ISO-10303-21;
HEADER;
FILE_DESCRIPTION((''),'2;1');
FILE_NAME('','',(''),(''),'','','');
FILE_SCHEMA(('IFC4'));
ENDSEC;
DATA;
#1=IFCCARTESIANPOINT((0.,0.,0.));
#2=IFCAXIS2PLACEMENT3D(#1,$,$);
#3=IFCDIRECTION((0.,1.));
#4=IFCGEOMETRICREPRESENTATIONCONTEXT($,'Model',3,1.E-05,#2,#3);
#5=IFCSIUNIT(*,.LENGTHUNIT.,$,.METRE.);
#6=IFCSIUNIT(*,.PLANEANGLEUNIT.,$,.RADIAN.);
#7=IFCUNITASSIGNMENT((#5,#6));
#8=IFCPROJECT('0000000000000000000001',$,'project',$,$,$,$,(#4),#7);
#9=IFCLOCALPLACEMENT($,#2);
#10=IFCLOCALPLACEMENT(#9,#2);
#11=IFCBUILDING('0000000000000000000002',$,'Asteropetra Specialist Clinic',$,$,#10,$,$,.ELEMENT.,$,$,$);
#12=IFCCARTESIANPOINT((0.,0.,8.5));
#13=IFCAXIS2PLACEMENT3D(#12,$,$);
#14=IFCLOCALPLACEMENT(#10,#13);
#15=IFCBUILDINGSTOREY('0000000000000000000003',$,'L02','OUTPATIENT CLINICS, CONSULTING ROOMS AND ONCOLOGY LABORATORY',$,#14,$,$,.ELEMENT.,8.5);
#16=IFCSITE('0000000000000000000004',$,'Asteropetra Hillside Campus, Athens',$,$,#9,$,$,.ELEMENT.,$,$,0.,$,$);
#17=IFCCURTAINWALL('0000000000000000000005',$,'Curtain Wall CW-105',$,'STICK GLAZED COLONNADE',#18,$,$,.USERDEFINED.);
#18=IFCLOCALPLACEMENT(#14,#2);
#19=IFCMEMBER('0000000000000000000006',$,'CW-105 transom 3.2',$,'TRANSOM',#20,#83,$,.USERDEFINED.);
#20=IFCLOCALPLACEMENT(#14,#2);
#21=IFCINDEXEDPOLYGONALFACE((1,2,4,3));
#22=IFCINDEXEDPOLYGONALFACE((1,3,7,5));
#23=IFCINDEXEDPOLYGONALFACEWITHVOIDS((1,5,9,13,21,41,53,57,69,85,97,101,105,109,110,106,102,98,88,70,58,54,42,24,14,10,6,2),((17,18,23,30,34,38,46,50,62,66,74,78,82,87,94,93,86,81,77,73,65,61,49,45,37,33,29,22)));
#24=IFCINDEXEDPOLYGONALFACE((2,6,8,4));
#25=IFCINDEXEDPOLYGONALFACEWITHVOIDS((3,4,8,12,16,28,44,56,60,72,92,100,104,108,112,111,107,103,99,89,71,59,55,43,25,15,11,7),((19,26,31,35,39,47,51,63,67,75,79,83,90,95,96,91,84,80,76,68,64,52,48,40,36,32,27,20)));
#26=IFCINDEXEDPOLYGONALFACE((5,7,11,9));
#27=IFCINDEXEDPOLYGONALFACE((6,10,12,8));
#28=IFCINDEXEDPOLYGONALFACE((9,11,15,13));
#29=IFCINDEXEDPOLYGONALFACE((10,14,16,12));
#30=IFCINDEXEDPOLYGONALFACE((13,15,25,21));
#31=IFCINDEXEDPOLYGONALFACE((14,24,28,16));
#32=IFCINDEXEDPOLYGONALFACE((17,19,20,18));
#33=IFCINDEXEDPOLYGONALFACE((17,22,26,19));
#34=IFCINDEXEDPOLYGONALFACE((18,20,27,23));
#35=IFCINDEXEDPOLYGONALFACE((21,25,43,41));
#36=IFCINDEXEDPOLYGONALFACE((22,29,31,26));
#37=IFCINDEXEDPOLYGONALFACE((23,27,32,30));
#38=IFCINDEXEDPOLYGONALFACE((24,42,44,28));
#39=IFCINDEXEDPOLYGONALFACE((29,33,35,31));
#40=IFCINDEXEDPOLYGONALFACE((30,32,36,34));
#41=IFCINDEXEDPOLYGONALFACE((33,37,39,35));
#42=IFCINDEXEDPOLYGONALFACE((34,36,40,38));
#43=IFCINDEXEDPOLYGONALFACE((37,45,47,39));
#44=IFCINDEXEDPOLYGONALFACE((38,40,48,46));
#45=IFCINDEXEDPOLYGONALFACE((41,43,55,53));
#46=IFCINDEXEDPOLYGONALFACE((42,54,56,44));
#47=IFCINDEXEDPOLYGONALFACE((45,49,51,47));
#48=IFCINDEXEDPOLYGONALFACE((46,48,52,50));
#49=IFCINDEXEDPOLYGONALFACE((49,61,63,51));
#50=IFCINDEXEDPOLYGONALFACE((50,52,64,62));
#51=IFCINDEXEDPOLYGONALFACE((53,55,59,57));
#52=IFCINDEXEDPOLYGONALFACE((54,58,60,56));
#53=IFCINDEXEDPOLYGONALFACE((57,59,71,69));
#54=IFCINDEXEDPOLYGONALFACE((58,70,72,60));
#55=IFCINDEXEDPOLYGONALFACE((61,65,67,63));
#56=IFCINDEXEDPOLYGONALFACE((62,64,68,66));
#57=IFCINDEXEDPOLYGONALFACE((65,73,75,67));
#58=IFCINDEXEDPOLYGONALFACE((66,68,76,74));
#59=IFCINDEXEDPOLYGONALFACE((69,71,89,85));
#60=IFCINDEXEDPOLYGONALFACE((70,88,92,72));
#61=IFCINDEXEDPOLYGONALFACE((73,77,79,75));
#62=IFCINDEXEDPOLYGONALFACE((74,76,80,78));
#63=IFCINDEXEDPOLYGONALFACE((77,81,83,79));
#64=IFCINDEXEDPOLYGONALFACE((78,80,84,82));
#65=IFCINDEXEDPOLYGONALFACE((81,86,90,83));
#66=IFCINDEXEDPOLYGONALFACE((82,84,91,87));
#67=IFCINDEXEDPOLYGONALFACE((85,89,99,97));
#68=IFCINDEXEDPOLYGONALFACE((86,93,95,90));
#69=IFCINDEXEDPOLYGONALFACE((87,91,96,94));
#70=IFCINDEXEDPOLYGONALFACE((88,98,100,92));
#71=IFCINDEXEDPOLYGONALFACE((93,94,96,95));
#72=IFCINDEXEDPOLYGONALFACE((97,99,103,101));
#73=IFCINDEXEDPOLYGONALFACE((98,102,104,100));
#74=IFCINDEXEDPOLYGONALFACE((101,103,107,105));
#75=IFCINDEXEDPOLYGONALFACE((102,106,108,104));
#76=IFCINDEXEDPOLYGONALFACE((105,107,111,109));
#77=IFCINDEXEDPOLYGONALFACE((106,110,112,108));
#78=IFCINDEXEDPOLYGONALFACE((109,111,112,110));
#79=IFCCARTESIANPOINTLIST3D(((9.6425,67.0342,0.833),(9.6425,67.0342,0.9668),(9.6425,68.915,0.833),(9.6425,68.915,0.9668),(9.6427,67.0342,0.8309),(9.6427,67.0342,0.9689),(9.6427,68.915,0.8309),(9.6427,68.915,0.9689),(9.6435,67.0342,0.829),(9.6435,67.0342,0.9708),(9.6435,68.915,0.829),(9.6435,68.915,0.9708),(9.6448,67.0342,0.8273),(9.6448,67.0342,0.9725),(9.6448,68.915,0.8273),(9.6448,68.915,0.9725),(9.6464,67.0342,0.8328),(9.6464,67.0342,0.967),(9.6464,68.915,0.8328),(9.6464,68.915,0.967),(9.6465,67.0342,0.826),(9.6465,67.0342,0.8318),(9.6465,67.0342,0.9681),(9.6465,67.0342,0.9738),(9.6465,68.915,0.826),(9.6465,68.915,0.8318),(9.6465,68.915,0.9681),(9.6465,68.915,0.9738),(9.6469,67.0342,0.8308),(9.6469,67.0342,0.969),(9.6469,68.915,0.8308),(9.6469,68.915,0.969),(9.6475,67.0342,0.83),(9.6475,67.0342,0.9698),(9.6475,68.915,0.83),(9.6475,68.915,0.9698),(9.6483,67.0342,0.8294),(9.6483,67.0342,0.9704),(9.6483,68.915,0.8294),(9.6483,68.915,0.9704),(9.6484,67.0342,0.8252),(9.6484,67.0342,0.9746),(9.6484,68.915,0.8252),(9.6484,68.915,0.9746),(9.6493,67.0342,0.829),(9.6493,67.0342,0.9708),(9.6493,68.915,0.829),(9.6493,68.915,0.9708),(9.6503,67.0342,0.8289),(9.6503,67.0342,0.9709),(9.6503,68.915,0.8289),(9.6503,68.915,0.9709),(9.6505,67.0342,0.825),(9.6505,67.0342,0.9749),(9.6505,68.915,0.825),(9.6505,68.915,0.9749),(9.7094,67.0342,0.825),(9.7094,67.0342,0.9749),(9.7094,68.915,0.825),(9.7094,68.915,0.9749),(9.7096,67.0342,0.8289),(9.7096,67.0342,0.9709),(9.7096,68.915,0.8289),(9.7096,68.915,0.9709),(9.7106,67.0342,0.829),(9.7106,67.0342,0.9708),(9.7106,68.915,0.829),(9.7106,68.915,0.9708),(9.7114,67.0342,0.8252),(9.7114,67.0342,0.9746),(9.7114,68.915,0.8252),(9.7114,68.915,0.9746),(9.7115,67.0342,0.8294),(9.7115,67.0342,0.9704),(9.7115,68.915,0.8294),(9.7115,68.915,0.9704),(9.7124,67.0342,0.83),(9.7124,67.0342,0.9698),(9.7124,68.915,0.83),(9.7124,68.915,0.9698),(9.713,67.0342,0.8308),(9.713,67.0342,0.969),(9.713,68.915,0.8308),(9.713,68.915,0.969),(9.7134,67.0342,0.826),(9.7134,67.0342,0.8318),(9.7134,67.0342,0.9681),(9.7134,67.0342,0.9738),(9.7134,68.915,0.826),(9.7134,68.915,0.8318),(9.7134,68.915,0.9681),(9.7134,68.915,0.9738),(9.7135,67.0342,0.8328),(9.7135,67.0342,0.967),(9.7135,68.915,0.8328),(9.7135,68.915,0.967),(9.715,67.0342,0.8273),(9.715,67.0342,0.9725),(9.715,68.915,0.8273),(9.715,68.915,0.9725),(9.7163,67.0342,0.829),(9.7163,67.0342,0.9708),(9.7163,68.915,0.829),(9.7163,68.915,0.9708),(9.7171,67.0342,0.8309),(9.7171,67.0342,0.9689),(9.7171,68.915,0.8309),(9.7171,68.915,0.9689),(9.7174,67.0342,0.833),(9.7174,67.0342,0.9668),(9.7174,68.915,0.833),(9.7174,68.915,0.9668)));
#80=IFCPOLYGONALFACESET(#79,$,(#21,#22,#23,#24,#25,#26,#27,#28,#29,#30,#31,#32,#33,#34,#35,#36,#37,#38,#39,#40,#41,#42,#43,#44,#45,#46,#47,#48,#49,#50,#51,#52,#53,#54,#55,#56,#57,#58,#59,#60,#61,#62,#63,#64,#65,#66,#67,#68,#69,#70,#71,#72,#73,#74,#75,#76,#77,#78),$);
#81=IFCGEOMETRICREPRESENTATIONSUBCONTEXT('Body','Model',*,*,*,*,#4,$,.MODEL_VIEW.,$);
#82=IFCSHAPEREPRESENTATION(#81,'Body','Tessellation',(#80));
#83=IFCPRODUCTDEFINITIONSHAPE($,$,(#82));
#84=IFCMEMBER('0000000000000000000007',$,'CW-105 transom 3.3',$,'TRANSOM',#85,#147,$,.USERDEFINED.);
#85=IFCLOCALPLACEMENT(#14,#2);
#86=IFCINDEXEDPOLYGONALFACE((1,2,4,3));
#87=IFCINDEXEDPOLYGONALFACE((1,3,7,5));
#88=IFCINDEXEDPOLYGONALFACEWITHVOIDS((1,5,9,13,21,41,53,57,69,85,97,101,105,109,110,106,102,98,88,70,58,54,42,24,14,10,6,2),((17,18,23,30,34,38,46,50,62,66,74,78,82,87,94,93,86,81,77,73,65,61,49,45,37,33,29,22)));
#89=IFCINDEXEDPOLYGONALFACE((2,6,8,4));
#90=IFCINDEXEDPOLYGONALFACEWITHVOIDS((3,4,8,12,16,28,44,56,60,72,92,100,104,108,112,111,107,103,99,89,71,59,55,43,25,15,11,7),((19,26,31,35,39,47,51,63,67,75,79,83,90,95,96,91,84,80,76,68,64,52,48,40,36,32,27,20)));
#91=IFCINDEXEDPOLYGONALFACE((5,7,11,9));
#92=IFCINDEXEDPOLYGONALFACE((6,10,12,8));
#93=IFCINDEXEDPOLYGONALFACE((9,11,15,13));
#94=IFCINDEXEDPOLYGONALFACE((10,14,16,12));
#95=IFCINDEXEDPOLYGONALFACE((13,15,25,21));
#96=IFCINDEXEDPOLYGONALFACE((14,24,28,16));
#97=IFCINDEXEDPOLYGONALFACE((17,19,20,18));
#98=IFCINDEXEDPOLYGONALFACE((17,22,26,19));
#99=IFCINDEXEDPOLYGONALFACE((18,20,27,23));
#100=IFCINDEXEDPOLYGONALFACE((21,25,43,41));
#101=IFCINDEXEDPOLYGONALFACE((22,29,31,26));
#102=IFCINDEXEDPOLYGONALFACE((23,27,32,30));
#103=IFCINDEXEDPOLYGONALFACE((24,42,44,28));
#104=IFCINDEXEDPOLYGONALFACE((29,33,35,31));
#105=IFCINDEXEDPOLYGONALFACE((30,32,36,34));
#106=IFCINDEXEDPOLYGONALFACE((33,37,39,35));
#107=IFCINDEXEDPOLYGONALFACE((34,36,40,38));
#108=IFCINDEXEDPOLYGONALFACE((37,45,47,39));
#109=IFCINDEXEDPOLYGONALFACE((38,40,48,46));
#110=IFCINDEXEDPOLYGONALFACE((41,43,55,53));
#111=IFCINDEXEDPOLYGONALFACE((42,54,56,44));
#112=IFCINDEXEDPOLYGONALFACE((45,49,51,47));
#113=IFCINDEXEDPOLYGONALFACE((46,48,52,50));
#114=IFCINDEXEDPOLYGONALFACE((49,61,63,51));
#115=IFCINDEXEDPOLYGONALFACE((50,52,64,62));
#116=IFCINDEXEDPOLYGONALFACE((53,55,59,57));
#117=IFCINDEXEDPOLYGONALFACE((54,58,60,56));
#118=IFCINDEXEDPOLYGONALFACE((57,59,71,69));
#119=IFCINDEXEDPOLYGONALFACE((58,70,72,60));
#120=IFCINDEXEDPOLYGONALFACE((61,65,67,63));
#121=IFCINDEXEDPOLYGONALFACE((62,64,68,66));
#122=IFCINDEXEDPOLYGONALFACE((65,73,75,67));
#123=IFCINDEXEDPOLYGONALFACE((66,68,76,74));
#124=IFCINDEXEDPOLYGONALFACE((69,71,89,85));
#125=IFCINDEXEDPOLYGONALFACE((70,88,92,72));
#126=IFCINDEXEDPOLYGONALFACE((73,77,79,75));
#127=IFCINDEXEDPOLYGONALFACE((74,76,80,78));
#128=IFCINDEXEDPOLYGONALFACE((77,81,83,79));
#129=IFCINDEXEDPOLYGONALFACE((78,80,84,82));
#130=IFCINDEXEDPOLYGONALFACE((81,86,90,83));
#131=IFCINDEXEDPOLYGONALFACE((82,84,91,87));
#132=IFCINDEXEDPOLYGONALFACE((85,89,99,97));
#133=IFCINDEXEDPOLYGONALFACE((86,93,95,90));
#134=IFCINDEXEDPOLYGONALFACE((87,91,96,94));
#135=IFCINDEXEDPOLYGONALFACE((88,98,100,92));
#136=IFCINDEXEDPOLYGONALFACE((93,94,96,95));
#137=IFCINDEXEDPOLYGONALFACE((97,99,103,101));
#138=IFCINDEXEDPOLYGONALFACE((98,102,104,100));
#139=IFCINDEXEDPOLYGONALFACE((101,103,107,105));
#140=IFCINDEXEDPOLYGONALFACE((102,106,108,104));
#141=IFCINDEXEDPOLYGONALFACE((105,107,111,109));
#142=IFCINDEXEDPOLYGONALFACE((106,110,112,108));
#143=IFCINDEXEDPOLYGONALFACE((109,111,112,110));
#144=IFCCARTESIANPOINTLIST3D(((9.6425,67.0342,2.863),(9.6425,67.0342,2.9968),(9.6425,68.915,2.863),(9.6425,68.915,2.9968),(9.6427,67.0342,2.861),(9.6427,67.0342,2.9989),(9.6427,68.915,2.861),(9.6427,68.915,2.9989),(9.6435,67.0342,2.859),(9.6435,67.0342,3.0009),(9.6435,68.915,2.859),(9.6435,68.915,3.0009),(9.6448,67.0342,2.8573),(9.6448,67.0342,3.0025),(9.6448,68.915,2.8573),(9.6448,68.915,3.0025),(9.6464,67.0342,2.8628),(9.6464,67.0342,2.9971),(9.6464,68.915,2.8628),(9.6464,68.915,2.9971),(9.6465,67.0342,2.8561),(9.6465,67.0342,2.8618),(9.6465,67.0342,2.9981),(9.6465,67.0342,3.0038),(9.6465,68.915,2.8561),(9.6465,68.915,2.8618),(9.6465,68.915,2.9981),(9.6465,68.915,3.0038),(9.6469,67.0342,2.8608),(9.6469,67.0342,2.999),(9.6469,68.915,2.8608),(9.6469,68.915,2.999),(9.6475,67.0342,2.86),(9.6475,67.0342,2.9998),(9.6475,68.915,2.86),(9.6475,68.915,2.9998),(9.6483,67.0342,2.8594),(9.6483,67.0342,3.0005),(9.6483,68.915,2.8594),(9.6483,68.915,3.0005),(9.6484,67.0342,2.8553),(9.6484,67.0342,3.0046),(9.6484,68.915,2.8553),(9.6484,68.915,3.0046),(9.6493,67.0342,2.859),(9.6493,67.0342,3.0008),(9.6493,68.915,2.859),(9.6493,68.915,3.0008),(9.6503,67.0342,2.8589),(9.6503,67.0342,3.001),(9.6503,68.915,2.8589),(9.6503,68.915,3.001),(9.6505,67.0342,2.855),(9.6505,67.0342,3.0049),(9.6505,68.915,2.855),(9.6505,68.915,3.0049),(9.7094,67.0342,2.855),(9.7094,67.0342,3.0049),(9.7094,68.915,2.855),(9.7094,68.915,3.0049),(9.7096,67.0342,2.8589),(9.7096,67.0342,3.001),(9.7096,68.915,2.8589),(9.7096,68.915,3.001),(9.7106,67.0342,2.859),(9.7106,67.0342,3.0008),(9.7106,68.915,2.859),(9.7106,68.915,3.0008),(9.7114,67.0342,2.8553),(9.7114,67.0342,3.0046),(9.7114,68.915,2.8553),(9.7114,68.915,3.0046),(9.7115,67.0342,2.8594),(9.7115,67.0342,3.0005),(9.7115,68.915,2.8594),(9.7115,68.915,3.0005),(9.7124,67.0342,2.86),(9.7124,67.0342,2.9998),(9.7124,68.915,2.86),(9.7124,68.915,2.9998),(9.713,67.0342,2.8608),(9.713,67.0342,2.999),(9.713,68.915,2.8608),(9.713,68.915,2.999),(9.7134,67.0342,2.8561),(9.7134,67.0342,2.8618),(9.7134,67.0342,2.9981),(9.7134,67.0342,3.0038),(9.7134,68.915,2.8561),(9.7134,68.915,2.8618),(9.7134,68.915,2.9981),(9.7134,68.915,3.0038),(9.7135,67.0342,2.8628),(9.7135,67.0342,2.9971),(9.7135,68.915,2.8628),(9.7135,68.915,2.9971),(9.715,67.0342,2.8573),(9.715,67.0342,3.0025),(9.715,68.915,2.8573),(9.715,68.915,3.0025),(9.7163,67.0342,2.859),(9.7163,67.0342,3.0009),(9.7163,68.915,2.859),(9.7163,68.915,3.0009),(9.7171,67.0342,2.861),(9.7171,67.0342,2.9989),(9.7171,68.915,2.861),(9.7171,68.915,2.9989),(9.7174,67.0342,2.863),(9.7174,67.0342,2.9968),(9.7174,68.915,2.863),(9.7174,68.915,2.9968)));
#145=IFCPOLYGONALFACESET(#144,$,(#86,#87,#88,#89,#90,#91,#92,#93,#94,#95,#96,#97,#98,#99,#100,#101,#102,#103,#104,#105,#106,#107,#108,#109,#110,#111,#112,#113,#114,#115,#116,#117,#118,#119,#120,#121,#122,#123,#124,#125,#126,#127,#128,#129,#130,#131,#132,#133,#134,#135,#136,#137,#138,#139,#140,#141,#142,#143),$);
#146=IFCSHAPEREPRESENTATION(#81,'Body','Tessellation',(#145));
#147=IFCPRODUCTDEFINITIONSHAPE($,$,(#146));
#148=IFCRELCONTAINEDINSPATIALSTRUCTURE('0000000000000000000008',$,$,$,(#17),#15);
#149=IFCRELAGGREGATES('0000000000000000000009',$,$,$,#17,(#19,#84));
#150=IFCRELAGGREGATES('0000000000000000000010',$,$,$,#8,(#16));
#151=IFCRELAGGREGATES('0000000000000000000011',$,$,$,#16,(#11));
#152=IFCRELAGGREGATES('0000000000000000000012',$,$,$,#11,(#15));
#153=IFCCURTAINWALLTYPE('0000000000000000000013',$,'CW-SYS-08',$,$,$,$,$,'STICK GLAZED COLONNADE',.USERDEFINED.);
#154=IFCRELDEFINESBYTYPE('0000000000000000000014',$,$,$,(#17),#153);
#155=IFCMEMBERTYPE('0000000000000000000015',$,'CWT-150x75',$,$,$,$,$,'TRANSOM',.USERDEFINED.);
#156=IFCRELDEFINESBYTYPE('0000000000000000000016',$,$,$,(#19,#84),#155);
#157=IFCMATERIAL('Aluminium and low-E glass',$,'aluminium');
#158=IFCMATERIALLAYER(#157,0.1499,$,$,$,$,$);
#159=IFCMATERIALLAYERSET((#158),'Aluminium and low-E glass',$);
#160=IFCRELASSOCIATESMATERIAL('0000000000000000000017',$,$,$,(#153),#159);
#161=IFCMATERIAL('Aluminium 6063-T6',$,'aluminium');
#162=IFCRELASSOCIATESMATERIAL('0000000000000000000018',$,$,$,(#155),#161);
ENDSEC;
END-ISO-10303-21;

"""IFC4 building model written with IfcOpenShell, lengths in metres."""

from ifc_helpers import new_model, si_unit, direction, frame, origin, origin_2d, place, context, subcontext, project, spatial, hollow_rectangle, extrude, material, layer, layer_set, material_profile, profile_set, type_object, element, aggregate, save


model = new_model("IFC4")

# Units and contexts
model_context = context("Model", 3, precision=1e-05, world=origin(), true_north=direction((0.0, 1.0)))
body_context = subcontext(model_context, "Body", "Model", "MODEL_VIEW")
ifc_project = project(units=[si_unit("LENGTHUNIT", "METRE"), si_unit("PLANEANGLEUNIT", "RADIAN")], contexts=[model_context])

# Site, building, storey
site_placement = place(None, origin())
site = spatial("IfcSite", under=ifc_project, at=site_placement, Name="Asteropetra Hillside Campus, Athens", CompositionType="ELEMENT", RefElevation=0.0)
building_placement = place(site_placement, origin())
building = spatial("IfcBuilding", under=site, at=building_placement, Name="Asteropetra Specialist Clinic", CompositionType="ELEMENT")
storey_placement = place(building_placement, frame((0.0, 0.0, 8.5)))
storey = spatial("IfcBuildingStorey", under=building, at=storey_placement, Name="L02", Description="OUTPATIENT CLINICS, CONSULTING ROOMS AND ONCOLOGY LABORATORY", CompositionType="ELEMENT", Elevation=8.5)

# Curtain wall, members
ifc_material_1 = material(Name="Aluminium and low-E glass", Category="aluminium")
ifc_layer_1 = layer(ifc_material_1, 0.1499)
ifc_layer_set_1 = layer_set([ifc_layer_1], Name="Aluminium and low-E glass")
curtain_wall_type = type_object("IfcCurtainWallType", Name="CW-SYS-08", ElementType="STICK GLAZED COLONNADE", PredefinedType="USERDEFINED", material=ifc_layer_set_1)
curtain_wall_placement = place(storey_placement, origin())
curtain_wall = element("IfcCurtainWall", 1, at=curtain_wall_placement, inside=storey, type_object=curtain_wall_type, Name="Curtain Wall CW-105", ObjectType="STICK GLAZED COLONNADE", PredefinedType="USERDEFINED")
ifc_material_2 = material(Name="Aluminium 6063-T6", Category="aluminium")
ifc_material_profile_1 = material_profile(ifc_material_2, hollow_rectangle(XDim=0.075, YDim=0.1499, WallThickness=0.0039, InnerFilletRadius=0.0039, OuterFilletRadius=0.0081, at=origin_2d()), Name="TRN 150x75x4.0")
ifc_profile_set_1 = profile_set([ifc_material_profile_1], Name="Aluminium 6063-T6")
member_type_1 = type_object("IfcMemberType", Name="CWT-150x75", ElementType="TRANSOM", PredefinedType="USERDEFINED", material=ifc_profile_set_1)
member_1_placement = place(storey_placement, frame((9.6799, 67.0342, 0.8999), z_axis=(0.0, 1.0, 0.0), x_axis=(-1.0, 0.0, 0.0)))
member_1 = element("IfcMember", 2, at=member_1_placement, type_object=member_type_1, Name="CW-105 transom 3.2", ObjectType="TRANSOM", PredefinedType="USERDEFINED", context=body_context, shape_type="SweptSolid", body=[
    extrude(hollow_rectangle(XDim=0.075, YDim=0.1499, WallThickness=0.0039, InnerFilletRadius=0.0039, OuterFilletRadius=0.0081, at=origin_2d()), origin(), (0.0, 0.0, 1.0), 1.8809),
])
member_2_placement = place(storey_placement, frame((9.6799, 67.0342, 2.9299), z_axis=(0.0, 1.0, 0.0), x_axis=(-1.0, 0.0, 0.0)))
member_2 = element("IfcMember", 3, at=member_2_placement, type_object=member_type_1, Name="CW-105 transom 3.3", ObjectType="TRANSOM", PredefinedType="USERDEFINED", context=body_context, shape_type="SweptSolid", body=[
    extrude(hollow_rectangle(XDim=0.075, YDim=0.1499, WallThickness=0.0039, InnerFilletRadius=0.0039, OuterFilletRadius=0.0081, at=origin_2d()), origin(), (0.0, 0.0, 1.0), 1.8809),
])

aggregate(curtain_wall, [member_1, member_2])

save(model, "model.ifc")
